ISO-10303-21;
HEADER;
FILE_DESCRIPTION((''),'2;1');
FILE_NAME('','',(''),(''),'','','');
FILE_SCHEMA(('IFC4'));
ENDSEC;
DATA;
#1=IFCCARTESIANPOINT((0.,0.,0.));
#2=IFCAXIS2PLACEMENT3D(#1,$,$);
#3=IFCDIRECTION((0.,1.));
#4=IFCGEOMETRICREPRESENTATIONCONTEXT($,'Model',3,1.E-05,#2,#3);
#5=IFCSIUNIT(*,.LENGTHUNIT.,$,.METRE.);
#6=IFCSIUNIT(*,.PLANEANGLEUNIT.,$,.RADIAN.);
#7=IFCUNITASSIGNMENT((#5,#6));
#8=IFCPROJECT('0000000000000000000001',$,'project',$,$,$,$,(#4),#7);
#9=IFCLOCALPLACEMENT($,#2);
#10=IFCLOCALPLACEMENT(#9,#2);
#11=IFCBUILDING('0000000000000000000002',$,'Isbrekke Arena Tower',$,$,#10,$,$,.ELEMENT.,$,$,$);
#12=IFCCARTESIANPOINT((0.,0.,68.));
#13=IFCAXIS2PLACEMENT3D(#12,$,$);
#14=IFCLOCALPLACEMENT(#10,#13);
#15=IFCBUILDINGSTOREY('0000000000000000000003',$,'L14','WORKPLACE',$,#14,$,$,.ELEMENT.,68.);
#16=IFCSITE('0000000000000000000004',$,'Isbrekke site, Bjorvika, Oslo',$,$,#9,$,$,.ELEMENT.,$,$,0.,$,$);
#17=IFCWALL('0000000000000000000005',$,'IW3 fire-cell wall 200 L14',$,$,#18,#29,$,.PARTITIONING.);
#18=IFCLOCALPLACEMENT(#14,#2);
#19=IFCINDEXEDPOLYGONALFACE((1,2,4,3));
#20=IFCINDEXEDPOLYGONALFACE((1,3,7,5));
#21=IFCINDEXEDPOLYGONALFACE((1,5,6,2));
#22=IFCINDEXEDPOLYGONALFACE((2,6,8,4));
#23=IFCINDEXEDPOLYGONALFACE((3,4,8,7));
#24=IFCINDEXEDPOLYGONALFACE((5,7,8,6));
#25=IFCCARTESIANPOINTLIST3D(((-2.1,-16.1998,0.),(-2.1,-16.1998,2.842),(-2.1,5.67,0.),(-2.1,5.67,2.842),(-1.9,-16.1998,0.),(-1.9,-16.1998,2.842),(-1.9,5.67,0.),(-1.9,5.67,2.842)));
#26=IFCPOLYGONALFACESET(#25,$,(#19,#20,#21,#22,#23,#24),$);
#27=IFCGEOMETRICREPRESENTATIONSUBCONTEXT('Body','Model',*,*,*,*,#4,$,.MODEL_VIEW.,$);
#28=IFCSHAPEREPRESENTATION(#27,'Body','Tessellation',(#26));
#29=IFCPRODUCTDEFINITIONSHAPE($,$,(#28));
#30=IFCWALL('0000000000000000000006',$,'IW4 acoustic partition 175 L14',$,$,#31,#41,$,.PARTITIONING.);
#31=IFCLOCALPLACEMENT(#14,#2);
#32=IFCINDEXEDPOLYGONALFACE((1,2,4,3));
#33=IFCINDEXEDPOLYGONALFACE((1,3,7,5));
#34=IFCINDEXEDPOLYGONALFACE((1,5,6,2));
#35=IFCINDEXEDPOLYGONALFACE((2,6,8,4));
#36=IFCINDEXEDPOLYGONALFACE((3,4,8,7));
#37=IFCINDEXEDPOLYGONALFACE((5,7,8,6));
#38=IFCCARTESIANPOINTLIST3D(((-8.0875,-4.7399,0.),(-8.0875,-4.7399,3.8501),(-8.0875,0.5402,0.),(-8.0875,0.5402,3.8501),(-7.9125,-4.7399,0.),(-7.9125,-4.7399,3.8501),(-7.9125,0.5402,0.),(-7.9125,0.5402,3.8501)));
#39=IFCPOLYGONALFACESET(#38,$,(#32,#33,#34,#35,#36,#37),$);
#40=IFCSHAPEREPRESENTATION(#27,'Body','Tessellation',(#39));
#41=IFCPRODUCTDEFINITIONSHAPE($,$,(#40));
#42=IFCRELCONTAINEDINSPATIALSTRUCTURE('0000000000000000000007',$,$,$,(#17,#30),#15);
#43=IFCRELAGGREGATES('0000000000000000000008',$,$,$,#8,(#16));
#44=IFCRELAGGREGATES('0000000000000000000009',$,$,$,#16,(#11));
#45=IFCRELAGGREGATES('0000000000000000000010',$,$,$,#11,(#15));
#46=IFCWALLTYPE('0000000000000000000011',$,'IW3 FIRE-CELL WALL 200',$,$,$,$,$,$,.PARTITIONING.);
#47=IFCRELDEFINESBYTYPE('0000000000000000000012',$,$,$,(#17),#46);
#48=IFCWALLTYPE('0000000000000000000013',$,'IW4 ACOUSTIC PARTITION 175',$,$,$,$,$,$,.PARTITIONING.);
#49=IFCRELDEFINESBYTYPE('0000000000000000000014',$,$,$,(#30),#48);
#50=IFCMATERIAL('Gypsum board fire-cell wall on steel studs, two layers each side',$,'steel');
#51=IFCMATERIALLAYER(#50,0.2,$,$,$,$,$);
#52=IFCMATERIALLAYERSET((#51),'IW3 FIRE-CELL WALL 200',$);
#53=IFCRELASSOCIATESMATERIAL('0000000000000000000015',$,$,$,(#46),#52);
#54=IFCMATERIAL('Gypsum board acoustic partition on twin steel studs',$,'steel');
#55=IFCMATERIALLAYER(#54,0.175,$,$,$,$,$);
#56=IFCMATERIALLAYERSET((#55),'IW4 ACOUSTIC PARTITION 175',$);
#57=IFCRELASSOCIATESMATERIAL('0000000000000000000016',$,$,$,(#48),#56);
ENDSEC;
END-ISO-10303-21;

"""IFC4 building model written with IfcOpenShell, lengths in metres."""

from ifc_helpers import new_model, si_unit, direction, frame, frame_2d, origin, place, context, subcontext, project, spatial, rectangle, extrude, material, layer, layer_set, type_object, element, save


model = new_model("IFC4")

# Units and contexts
model_context = context("Model", 3, precision=1e-05, world=origin(), true_north=direction((0.0, 1.0)))
body_context = subcontext(model_context, "Body", "Model", "MODEL_VIEW")
ifc_project = project(units=[si_unit("LENGTHUNIT", "METRE"), si_unit("PLANEANGLEUNIT", "RADIAN")], contexts=[model_context])

# Site, building, storey
site_placement = place(None, origin())
site = spatial("IfcSite", under=ifc_project, at=site_placement, Name="Isbrekke site, Bjorvika, Oslo", CompositionType="ELEMENT", RefElevation=0.0)
building_placement = place(site_placement, origin())
building = spatial("IfcBuilding", under=site, at=building_placement, Name="Isbrekke Arena Tower", CompositionType="ELEMENT")
storey_placement = place(building_placement, frame((0.0, 0.0, 68.0)))
storey = spatial("IfcBuildingStorey", under=building, at=storey_placement, Name="L14", Description="WORKPLACE", CompositionType="ELEMENT", Elevation=68.0)

# Walls
ifc_material_1 = material(Name="Gypsum board fire-cell wall on steel studs, two layers each side", Category="steel")
ifc_layer_1 = layer(ifc_material_1, 0.2)
ifc_layer_set_1 = layer_set([ifc_layer_1], Name="IW3 FIRE-CELL WALL 200")
wall_type_1 = type_object("IfcWallType", Name="IW3 FIRE-CELL WALL 200", PredefinedType="PARTITIONING", material=ifc_layer_set_1)
wall_1_placement = place(storey_placement, frame((-2.0, -16.2, 0.0), z_axis=(0.0, 0.0, 1.0), x_axis=(0.0, 1.0, 0.0)))
element("IfcWall", 1, at=wall_1_placement, inside=storey, type_object=wall_type_1, Name="IW3 fire-cell wall 200 L14", PredefinedType="PARTITIONING", context=body_context, shape_type="SweptSolid", body=[
    extrude(rectangle(XDim=21.8699, YDim=0.2, at=frame_2d((10.9351, 0.0))), origin(), (0.0, 0.0, 1.0), 2.842),
])
ifc_material_2 = material(Name="Gypsum board acoustic partition on twin steel studs", Category="steel")
ifc_layer_2 = layer(ifc_material_2, 0.175)
ifc_layer_set_2 = layer_set([ifc_layer_2], Name="IW4 ACOUSTIC PARTITION 175")
wall_type_2 = type_object("IfcWallType", Name="IW4 ACOUSTIC PARTITION 175", PredefinedType="PARTITIONING", material=ifc_layer_set_2)
wall_2_placement = place(storey_placement, frame((-8.0, -4.74, 0.0), z_axis=(0.0, 0.0, 1.0), x_axis=(0.0, 1.0, 0.0)))
element("IfcWall", 2, at=wall_2_placement, inside=storey, type_object=wall_type_2, Name="IW4 acoustic partition 175 L14", PredefinedType="PARTITIONING", context=body_context, shape_type="SweptSolid", body=[
    extrude(rectangle(XDim=5.28, YDim=0.175, at=frame_2d((2.6401, 0.0))), origin(), (0.0, 0.0, 1.0), 3.8501),
])

save(model, "model.ifc")
